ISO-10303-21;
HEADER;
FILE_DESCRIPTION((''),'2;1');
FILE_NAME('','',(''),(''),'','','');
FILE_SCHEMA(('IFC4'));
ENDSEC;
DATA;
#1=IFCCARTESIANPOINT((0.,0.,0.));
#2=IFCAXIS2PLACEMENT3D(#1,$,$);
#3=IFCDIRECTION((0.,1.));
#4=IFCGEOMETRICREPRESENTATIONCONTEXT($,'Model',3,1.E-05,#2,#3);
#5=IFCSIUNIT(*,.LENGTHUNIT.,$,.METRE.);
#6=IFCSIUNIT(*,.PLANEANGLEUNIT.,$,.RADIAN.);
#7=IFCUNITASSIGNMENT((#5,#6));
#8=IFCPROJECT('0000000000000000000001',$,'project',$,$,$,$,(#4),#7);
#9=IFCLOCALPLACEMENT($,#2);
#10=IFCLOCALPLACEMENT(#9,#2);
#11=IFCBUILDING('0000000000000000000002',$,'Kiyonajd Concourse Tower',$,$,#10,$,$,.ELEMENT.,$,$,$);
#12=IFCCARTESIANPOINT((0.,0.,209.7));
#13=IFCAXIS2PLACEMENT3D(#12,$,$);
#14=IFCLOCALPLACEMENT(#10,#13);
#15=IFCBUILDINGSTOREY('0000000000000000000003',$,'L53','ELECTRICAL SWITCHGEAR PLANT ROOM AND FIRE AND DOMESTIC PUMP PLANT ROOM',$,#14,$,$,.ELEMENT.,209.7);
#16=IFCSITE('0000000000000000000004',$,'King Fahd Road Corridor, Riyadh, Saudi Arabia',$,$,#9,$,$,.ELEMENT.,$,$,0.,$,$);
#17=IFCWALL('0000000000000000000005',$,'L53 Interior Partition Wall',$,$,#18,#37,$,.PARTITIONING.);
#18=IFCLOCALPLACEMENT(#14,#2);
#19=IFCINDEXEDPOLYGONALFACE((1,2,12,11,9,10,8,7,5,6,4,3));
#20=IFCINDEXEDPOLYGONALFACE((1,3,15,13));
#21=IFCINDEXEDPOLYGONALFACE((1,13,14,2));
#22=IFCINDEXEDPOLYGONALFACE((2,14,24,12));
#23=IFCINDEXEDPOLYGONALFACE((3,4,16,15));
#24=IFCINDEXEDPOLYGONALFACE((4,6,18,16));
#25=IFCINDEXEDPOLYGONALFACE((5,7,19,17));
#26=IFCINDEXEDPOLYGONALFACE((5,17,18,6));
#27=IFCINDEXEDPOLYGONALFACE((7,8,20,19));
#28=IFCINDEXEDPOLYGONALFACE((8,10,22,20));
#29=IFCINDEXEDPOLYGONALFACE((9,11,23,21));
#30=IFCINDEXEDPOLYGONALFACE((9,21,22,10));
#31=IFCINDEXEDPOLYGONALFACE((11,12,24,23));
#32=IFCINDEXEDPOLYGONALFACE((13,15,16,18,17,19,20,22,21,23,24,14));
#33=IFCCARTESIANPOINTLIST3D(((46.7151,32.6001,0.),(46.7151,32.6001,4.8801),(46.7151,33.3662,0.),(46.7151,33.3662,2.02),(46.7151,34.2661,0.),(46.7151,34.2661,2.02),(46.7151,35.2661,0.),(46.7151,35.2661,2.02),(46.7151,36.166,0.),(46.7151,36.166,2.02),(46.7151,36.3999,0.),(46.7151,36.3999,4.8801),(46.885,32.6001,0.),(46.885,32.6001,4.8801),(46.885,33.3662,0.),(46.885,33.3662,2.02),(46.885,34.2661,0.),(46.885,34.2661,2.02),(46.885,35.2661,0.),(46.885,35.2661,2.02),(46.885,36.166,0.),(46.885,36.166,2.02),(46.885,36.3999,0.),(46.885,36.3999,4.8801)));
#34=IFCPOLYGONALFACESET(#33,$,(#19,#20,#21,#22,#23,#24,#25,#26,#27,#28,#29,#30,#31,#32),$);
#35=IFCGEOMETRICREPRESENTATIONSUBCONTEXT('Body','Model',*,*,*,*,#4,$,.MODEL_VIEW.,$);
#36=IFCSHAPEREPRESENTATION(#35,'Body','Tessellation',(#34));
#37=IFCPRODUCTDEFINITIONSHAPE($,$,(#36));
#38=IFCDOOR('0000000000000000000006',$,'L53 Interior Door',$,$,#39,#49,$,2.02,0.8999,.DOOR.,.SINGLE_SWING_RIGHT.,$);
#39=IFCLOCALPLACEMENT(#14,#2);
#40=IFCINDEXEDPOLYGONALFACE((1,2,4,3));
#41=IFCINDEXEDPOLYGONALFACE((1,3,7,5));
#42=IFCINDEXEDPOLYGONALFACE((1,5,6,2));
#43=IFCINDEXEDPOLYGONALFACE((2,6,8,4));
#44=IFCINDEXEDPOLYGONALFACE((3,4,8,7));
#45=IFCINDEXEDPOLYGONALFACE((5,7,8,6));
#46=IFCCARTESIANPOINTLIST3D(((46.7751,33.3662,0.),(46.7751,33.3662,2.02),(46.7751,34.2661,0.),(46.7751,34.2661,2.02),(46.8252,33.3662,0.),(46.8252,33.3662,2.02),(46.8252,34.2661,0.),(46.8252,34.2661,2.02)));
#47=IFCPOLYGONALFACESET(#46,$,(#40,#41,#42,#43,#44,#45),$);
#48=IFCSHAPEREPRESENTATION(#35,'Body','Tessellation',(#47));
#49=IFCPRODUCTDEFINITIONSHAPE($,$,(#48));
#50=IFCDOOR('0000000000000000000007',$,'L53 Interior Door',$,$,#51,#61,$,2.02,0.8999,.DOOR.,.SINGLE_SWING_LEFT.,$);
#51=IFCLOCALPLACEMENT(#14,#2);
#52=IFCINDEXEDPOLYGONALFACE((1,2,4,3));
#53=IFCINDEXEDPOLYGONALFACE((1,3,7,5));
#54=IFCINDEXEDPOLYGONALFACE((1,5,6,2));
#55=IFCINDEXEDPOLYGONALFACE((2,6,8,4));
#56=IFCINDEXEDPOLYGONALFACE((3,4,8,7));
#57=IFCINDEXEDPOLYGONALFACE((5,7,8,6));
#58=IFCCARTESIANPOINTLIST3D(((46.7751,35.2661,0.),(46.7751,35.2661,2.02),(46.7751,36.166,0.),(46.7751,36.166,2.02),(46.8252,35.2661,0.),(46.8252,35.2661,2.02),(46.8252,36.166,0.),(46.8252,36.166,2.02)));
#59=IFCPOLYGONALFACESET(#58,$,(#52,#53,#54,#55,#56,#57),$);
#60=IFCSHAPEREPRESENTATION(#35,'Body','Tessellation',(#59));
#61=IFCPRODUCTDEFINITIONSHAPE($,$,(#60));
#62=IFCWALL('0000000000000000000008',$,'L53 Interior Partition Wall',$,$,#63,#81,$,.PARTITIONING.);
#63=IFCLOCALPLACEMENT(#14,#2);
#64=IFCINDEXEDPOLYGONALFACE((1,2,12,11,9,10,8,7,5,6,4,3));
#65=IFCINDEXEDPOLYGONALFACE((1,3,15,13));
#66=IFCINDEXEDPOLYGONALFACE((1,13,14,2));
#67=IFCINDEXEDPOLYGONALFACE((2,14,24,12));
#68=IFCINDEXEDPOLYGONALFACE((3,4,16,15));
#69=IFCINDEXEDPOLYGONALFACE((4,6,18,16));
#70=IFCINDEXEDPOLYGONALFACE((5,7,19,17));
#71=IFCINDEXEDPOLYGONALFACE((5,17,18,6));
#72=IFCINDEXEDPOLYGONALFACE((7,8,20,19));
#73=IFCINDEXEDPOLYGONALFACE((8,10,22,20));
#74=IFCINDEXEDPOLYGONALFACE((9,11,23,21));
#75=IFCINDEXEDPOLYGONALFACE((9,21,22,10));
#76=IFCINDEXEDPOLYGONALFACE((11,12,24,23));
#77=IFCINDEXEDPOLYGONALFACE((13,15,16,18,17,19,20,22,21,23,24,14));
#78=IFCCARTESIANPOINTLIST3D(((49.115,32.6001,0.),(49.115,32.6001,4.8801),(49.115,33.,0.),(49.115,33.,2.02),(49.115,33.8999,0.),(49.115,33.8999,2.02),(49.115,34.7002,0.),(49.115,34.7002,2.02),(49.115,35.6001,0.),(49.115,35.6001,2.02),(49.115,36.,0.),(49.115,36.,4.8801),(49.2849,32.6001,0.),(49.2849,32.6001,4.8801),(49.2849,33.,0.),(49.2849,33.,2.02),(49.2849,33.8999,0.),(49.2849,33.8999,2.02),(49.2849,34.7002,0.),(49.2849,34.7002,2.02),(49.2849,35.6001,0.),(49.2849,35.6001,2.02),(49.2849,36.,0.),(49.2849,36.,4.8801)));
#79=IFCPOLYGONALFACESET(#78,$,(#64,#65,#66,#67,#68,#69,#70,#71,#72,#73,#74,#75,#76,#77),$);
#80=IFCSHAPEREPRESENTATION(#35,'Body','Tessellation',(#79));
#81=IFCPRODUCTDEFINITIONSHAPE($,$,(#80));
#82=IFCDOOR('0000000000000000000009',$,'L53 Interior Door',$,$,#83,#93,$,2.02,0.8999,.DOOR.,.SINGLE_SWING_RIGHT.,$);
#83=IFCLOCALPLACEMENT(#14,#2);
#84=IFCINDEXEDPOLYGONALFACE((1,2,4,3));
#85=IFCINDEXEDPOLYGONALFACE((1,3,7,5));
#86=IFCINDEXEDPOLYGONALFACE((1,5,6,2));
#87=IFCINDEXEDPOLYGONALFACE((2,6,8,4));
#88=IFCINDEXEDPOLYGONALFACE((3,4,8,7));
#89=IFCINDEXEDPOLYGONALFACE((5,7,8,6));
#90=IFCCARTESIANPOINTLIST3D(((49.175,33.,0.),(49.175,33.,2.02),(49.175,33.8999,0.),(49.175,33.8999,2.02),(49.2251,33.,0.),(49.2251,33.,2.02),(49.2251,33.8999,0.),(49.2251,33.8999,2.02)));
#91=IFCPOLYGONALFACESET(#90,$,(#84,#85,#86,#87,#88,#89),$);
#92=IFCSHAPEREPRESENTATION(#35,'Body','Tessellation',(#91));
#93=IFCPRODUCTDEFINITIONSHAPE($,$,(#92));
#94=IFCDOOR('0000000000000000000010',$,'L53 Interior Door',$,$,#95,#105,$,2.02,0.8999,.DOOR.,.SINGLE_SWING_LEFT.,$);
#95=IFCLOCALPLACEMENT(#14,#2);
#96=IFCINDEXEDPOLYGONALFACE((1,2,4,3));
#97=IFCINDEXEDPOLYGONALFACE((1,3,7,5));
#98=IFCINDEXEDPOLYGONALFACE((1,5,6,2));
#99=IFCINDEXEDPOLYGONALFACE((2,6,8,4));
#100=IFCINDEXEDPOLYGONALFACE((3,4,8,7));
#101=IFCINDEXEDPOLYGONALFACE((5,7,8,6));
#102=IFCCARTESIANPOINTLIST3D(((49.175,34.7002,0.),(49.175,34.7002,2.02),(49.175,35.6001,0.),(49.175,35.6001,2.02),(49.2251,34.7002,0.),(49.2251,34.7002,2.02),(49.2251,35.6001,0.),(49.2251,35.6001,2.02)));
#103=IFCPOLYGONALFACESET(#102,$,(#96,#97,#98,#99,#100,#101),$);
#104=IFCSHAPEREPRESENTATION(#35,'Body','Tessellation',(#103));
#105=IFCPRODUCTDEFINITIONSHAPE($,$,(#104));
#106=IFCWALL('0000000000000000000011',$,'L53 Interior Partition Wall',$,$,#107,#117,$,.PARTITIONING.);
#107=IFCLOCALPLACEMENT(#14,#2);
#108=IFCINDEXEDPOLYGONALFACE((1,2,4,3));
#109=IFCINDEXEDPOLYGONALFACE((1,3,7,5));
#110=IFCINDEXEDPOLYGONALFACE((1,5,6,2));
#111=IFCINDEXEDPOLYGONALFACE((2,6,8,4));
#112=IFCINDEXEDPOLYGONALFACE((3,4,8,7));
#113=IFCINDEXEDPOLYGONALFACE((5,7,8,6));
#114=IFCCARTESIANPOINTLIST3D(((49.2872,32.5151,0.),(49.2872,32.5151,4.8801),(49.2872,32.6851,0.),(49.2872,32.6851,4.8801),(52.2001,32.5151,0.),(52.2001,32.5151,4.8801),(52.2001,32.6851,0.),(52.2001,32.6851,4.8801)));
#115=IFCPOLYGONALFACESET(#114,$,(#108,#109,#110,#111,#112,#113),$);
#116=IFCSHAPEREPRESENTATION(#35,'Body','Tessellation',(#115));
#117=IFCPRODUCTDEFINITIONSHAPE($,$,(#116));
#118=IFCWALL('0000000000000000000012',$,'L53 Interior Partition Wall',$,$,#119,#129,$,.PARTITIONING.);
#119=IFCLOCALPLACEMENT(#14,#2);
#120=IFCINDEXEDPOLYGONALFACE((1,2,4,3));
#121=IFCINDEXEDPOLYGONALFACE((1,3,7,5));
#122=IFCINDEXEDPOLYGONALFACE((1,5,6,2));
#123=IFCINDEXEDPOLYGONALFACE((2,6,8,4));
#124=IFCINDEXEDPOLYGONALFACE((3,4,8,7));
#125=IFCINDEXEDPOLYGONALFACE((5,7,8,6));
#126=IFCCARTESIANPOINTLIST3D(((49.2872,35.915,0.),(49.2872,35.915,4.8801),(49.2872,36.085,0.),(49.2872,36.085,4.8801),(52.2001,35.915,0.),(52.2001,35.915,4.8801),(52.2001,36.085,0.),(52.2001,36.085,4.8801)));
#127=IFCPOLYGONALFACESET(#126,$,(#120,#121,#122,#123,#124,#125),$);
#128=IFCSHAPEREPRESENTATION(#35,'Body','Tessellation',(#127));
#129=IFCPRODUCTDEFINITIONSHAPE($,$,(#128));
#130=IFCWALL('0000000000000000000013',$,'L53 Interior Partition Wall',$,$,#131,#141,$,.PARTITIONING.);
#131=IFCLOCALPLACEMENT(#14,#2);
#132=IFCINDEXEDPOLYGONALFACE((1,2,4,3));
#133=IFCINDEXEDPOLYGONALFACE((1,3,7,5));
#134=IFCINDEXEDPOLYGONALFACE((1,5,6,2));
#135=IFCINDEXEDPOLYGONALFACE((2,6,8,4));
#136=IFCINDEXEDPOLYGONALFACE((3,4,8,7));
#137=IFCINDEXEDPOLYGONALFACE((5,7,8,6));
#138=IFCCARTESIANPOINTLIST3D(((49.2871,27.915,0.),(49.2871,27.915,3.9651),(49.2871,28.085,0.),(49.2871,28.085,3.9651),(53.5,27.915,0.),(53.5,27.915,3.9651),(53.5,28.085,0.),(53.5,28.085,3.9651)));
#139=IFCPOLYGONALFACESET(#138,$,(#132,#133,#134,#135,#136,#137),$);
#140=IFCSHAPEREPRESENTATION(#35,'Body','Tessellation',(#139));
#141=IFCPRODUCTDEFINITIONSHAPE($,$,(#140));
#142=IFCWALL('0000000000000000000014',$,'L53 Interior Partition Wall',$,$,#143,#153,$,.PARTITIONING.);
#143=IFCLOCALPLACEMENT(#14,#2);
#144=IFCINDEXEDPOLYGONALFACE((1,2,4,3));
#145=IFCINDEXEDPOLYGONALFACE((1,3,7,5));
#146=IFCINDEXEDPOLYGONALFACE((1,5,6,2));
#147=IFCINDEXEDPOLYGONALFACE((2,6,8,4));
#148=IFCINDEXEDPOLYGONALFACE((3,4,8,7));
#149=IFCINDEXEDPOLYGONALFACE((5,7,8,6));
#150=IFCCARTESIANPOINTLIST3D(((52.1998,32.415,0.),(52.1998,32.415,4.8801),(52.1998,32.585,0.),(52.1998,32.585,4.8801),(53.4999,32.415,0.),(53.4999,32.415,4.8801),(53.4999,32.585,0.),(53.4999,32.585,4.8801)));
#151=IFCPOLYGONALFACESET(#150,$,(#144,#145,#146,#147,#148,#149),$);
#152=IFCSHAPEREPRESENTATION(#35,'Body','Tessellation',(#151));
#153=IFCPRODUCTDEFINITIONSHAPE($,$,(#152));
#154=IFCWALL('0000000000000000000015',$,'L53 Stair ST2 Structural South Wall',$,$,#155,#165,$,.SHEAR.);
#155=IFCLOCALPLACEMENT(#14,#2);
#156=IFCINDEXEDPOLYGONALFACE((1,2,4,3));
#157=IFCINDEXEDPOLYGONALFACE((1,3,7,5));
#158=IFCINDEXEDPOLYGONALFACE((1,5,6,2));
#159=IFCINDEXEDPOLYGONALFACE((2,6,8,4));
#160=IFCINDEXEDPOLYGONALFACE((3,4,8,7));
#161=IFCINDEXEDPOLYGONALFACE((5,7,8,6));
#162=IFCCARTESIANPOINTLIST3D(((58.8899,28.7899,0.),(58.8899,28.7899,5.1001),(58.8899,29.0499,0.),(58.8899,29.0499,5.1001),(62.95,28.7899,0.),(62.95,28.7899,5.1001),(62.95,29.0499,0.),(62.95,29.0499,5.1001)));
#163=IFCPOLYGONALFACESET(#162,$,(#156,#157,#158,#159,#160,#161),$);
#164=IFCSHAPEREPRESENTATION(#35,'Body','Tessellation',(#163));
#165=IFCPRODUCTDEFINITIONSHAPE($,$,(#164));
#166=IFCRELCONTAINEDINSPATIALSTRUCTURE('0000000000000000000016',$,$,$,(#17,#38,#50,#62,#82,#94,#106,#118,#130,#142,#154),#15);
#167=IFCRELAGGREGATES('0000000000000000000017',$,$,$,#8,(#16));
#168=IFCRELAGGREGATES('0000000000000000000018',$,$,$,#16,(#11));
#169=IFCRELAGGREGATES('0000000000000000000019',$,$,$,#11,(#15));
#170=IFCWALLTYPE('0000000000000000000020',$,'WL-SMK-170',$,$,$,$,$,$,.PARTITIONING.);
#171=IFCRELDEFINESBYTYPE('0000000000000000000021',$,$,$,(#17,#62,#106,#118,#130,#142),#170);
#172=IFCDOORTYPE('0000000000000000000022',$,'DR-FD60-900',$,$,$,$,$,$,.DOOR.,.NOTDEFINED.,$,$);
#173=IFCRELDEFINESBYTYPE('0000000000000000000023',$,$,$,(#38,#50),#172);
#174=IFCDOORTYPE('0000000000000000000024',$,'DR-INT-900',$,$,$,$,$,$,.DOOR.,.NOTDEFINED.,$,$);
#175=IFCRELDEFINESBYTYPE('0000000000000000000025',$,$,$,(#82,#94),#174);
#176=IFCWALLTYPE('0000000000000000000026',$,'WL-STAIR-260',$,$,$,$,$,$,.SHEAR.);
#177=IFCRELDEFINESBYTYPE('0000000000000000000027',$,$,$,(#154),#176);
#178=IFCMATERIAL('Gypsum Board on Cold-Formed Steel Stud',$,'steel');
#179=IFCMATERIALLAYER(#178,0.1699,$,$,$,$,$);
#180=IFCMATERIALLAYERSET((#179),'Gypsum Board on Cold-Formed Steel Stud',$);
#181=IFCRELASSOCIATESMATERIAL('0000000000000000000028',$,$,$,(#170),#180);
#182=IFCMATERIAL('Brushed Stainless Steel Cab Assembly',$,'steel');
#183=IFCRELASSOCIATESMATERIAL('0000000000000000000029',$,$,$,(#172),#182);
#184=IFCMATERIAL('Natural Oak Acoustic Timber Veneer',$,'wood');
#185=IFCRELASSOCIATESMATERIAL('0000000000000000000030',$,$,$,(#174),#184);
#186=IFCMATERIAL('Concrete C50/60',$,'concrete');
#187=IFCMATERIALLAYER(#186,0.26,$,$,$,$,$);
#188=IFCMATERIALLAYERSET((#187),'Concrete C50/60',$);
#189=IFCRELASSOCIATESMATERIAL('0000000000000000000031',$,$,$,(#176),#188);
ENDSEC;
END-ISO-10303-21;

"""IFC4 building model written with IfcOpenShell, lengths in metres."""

from ifc_helpers import new_model, si_unit, direction, frame, frame_2d, origin, place, context, subcontext, project, spatial, rectangle, extrude, material, layer, layer_set, type_object, element, fill, save


model = new_model("IFC4")

# Units and contexts
model_context = context("Model", 3, precision=1e-05, world=origin(), true_north=direction((0.0, 1.0)))
body_context = subcontext(model_context, "Body", "Model", "MODEL_VIEW")
ifc_project = project(units=[si_unit("LENGTHUNIT", "METRE"), si_unit("PLANEANGLEUNIT", "RADIAN")], contexts=[model_context])

# Site, building, storey
site_placement = place(None, origin())
site = spatial("IfcSite", under=ifc_project, at=site_placement, Name="King Fahd Road Corridor, Riyadh, Saudi Arabia", CompositionType="ELEMENT", RefElevation=0.0)
building_placement = place(site_placement, origin())
building = spatial("IfcBuilding", under=site, at=building_placement, Name="Kiyonajd Concourse Tower", CompositionType="ELEMENT")
storey_placement = place(building_placement, frame((0.0, 0.0, 209.7)))
storey = spatial("IfcBuildingStorey", under=building, at=storey_placement, Name="L53", Description="ELECTRICAL SWITCHGEAR PLANT ROOM AND FIRE AND DOMESTIC PUMP PLANT ROOM", CompositionType="ELEMENT", Elevation=209.7)

# Shared definitions
ifc_material_1 = material(Name="Concrete C50/60", Category="concrete")

# Shared definitions
ifc_material_2 = material(Name="Gypsum Board on Cold-Formed Steel Stud", Category="steel")

# Shared definitions
ifc_material_3 = material(Name="Brushed Stainless Steel Cab Assembly", Category="steel")

# Walls, openings, doors
ifc_layer_1 = layer(ifc_material_2, 0.1699)
ifc_layer_set_1 = layer_set([ifc_layer_1], Name="Gypsum Board on Cold-Formed Steel Stud")
wall_type_1 = type_object("IfcWallType", Name="WL-SMK-170", PredefinedType="PARTITIONING", material=ifc_layer_set_1)
wall_1_placement = place(storey_placement, frame((46.8, 32.6001, 0.0), z_axis=(0.0, 0.0, 1.0), x_axis=(0.0, 1.0, 0.0)))
wall_1 = element("IfcWall", 1, at=wall_1_placement, inside=storey, type_object=wall_type_1, Name="L53 Interior Partition Wall", PredefinedType="PARTITIONING", context=body_context, shape_type="SweptSolid", body=[
    extrude(rectangle(XDim=3.7998, YDim=0.1699, at=frame_2d((1.8999, 0.0))), origin(), (0.0, 0.0, 1.0), 4.8801),
])
opening_1_placement = place(wall_1_placement, frame((0.7661, 0.0, 0.0)))
opening_1 = element("IfcOpeningElement", 2, at=opening_1_placement, cuts=wall_1, PredefinedType="OPENING", context=body_context, shape_type="SweptSolid", body=[
    extrude(rectangle(XDim=0.8999, YDim=2.02, at=frame_2d((0.45, 1.01))), frame((0.0, 0.095, 0.0), z_axis=(0.0, -1.0, 0.0), x_axis=(1.0, 0.0, 0.0)), (0.0, 0.0, 1.0), 0.1899),
])
opening_2_placement = place(wall_1_placement, frame((2.666, 0.0, 0.0)))
opening_2 = element("IfcOpeningElement", 3, at=opening_2_placement, cuts=wall_1, PredefinedType="OPENING", context=body_context, shape_type="SweptSolid", body=[
    extrude(rectangle(XDim=0.8999, YDim=2.02, at=frame_2d((0.45, 1.01))), frame((0.0, 0.095, 0.0), z_axis=(0.0, -1.0, 0.0), x_axis=(1.0, 0.0, 0.0)), (0.0, 0.0, 1.0), 0.1899),
])
door_type_1 = type_object("IfcDoorType", Name="DR-FD60-900", OperationType="NOTDEFINED", PredefinedType="DOOR", material=ifc_material_3)
door_1_placement = place(opening_1_placement, origin())
door_1 = element("IfcDoor", 4, at=door_1_placement, inside=storey, type_object=door_type_1, Name="L53 Interior Door", OperationType="SINGLE_SWING_RIGHT", OverallHeight=2.02, OverallWidth=0.8999, PredefinedType="DOOR", context=body_context, shape_type="SweptSolid", body=[
    extrude(rectangle(XDim=0.8999, YDim=2.02, at=frame_2d((0.45, 1.01))), frame((0.0, 0.0249, 0.0), z_axis=(0.0, -1.0, 0.0), x_axis=(1.0, 0.0, 0.0)), (0.0, 0.0, 1.0), 0.05),
])
fill(opening_1, door_1)
door_2_placement = place(opening_2_placement, origin())
door_2 = element("IfcDoor", 5, at=door_2_placement, inside=storey, type_object=door_type_1, Name="L53 Interior Door", OperationType="SINGLE_SWING_LEFT", OverallHeight=2.02, OverallWidth=0.8999, PredefinedType="DOOR", context=body_context, shape_type="SweptSolid", body=[
    extrude(rectangle(XDim=0.8999, YDim=2.02, at=frame_2d((0.45, 1.01))), frame((0.0, 0.0249, 0.0), z_axis=(0.0, -1.0, 0.0), x_axis=(1.0, 0.0, 0.0)), (0.0, 0.0, 1.0), 0.05),
])
fill(opening_2, door_2)
wall_2_placement = place(storey_placement, frame((49.2, 32.6001, 0.0), z_axis=(0.0, 0.0, 1.0), x_axis=(0.0, 1.0, 0.0)))
wall_2 = element("IfcWall", 6, at=wall_2_placement, inside=storey, type_object=wall_type_1, Name="L53 Interior Partition Wall", PredefinedType="PARTITIONING", context=body_context, shape_type="SweptSolid", body=[
    extrude(rectangle(XDim=3.3999, YDim=0.1699, at=frame_2d((1.7, 0.0))), origin(), (0.0, 0.0, 1.0), 4.8801),
])
opening_3_placement = place(wall_2_placement, frame((0.3999, 0.0, 0.0)))
opening_3 = element("IfcOpeningElement", 7, at=opening_3_placement, cuts=wall_2, PredefinedType="OPENING", context=body_context, shape_type="SweptSolid", body=[
    extrude(rectangle(XDim=0.8999, YDim=2.02, at=frame_2d((0.45, 1.01))), frame((0.0, 0.095, 0.0), z_axis=(0.0, -1.0, 0.0), x_axis=(1.0, 0.0, 0.0)), (0.0, 0.0, 1.0), 0.1899),
])
opening_4_placement = place(wall_2_placement, frame((2.1001, 0.0, 0.0)))
opening_4 = element("IfcOpeningElement", 8, at=opening_4_placement, cuts=wall_2, PredefinedType="OPENING", context=body_context, shape_type="SweptSolid", body=[
    extrude(rectangle(XDim=0.8999, YDim=2.02, at=frame_2d((0.45, 1.01))), frame((0.0, 0.095, 0.0), z_axis=(0.0, -1.0, 0.0), x_axis=(1.0, 0.0, 0.0)), (0.0, 0.0, 1.0), 0.1899),
])
ifc_material_4 = material(Name="Natural Oak Acoustic Timber Veneer", Category="wood")
door_type_2 = type_object("IfcDoorType", Name="DR-INT-900", OperationType="NOTDEFINED", PredefinedType="DOOR", material=ifc_material_4)
door_3_placement = place(opening_3_placement, origin())
door_3 = element("IfcDoor", 9, at=door_3_placement, inside=storey, type_object=door_type_2, Name="L53 Interior Door", OperationType="SINGLE_SWING_RIGHT", OverallHeight=2.02, OverallWidth=0.8999, PredefinedType="DOOR", context=body_context, shape_type="SweptSolid", body=[
    extrude(rectangle(XDim=0.8999, YDim=2.02, at=frame_2d((0.45, 1.01))), frame((0.0, 0.0249, 0.0), z_axis=(0.0, -1.0, 0.0), x_axis=(1.0, 0.0, 0.0)), (0.0, 0.0, 1.0), 0.05),
])
fill(opening_3, door_3)
door_4_placement = place(opening_4_placement, origin())
door_4 = element("IfcDoor", 10, at=door_4_placement, inside=storey, type_object=door_type_2, Name="L53 Interior Door", OperationType="SINGLE_SWING_LEFT", OverallHeight=2.02, OverallWidth=0.8999, PredefinedType="DOOR", context=body_context, shape_type="SweptSolid", body=[
    extrude(rectangle(XDim=0.8999, YDim=2.02, at=frame_2d((0.45, 1.01))), frame((0.0, 0.0249, 0.0), z_axis=(0.0, -1.0, 0.0), x_axis=(1.0, 0.0, 0.0)), (0.0, 0.0, 1.0), 0.05),
])
fill(opening_4, door_4)

# Walls
for number, where, z_axis, x_axis, name in (
    (11, (49.2871, 32.6001, 0.0), (0.0, 0.0, 1.0), (1.0, 0.0, 0.0), "L53 Interior Partition Wall"),
    (12, (49.2871, 36.0, 0.0), (0.0, 0.0, 1.0), (1.0, 0.0, 0.0), "L53 Interior Partition Wall"),
):
    element("IfcWall", number, at=place(storey_placement, frame(where, z_axis=z_axis, x_axis=x_axis)), inside=storey, type_object=wall_type_1, Name=name, PredefinedType="PARTITIONING", context=body_context, shape_type="SweptSolid", body=[
        extrude(rectangle(XDim=2.9128, YDim=0.1699, at=frame_2d((1.4565, 0.0))), origin(), (0.0, 0.0, 1.0), 4.8801),
    ])
wall_3_placement = place(storey_placement, frame((49.2871, 28.0, 0.0), z_axis=(0.0, 0.0, 1.0), x_axis=(1.0, 0.0, 0.0)))
element("IfcWall", 13, at=wall_3_placement, inside=storey, type_object=wall_type_1, Name="L53 Interior Partition Wall", PredefinedType="PARTITIONING", context=body_context, shape_type="SweptSolid", body=[
    extrude(rectangle(XDim=4.2129, YDim=0.1699, at=frame_2d((2.1064, 0.0))), origin(), (0.0, 0.0, 1.0), 3.9651),
])
wall_4_placement = place(storey_placement, frame((52.2, 32.5, 0.0), z_axis=(0.0, 0.0, 1.0), x_axis=(1.0, 0.0, 0.0)))
element("IfcWall", 14, at=wall_4_placement, inside=storey, type_object=wall_type_1, Name="L53 Interior Partition Wall", PredefinedType="PARTITIONING", context=body_context, shape_type="SweptSolid", body=[
    extrude(rectangle(XDim=1.3, YDim=0.1699, at=frame_2d((0.6499, 0.0))), origin(), (0.0, 0.0, 1.0), 4.8801),
])
ifc_layer_2 = layer(ifc_material_1, 0.26)
ifc_layer_set_2 = layer_set([ifc_layer_2], Name="Concrete C50/60")
wall_type_2 = type_object("IfcWallType", Name="WL-STAIR-260", PredefinedType="SHEAR", material=ifc_layer_set_2)
wall_5_placement = place(storey_placement, frame((58.8899, 28.9199, 0.0), z_axis=(0.0, 0.0, 1.0), x_axis=(1.0, 0.0, 0.0)))
element("IfcWall", 15, at=wall_5_placement, inside=storey, type_object=wall_type_2, Name="L53 Stair ST2 Structural South Wall", PredefinedType="SHEAR", context=body_context, shape_type="SweptSolid", body=[
    extrude(rectangle(XDim=4.0601, YDim=0.26, at=frame_2d((2.03, 0.0))), origin(), (0.0, 0.0, 1.0), 5.1001),
])

save(model, "model.ifc")
